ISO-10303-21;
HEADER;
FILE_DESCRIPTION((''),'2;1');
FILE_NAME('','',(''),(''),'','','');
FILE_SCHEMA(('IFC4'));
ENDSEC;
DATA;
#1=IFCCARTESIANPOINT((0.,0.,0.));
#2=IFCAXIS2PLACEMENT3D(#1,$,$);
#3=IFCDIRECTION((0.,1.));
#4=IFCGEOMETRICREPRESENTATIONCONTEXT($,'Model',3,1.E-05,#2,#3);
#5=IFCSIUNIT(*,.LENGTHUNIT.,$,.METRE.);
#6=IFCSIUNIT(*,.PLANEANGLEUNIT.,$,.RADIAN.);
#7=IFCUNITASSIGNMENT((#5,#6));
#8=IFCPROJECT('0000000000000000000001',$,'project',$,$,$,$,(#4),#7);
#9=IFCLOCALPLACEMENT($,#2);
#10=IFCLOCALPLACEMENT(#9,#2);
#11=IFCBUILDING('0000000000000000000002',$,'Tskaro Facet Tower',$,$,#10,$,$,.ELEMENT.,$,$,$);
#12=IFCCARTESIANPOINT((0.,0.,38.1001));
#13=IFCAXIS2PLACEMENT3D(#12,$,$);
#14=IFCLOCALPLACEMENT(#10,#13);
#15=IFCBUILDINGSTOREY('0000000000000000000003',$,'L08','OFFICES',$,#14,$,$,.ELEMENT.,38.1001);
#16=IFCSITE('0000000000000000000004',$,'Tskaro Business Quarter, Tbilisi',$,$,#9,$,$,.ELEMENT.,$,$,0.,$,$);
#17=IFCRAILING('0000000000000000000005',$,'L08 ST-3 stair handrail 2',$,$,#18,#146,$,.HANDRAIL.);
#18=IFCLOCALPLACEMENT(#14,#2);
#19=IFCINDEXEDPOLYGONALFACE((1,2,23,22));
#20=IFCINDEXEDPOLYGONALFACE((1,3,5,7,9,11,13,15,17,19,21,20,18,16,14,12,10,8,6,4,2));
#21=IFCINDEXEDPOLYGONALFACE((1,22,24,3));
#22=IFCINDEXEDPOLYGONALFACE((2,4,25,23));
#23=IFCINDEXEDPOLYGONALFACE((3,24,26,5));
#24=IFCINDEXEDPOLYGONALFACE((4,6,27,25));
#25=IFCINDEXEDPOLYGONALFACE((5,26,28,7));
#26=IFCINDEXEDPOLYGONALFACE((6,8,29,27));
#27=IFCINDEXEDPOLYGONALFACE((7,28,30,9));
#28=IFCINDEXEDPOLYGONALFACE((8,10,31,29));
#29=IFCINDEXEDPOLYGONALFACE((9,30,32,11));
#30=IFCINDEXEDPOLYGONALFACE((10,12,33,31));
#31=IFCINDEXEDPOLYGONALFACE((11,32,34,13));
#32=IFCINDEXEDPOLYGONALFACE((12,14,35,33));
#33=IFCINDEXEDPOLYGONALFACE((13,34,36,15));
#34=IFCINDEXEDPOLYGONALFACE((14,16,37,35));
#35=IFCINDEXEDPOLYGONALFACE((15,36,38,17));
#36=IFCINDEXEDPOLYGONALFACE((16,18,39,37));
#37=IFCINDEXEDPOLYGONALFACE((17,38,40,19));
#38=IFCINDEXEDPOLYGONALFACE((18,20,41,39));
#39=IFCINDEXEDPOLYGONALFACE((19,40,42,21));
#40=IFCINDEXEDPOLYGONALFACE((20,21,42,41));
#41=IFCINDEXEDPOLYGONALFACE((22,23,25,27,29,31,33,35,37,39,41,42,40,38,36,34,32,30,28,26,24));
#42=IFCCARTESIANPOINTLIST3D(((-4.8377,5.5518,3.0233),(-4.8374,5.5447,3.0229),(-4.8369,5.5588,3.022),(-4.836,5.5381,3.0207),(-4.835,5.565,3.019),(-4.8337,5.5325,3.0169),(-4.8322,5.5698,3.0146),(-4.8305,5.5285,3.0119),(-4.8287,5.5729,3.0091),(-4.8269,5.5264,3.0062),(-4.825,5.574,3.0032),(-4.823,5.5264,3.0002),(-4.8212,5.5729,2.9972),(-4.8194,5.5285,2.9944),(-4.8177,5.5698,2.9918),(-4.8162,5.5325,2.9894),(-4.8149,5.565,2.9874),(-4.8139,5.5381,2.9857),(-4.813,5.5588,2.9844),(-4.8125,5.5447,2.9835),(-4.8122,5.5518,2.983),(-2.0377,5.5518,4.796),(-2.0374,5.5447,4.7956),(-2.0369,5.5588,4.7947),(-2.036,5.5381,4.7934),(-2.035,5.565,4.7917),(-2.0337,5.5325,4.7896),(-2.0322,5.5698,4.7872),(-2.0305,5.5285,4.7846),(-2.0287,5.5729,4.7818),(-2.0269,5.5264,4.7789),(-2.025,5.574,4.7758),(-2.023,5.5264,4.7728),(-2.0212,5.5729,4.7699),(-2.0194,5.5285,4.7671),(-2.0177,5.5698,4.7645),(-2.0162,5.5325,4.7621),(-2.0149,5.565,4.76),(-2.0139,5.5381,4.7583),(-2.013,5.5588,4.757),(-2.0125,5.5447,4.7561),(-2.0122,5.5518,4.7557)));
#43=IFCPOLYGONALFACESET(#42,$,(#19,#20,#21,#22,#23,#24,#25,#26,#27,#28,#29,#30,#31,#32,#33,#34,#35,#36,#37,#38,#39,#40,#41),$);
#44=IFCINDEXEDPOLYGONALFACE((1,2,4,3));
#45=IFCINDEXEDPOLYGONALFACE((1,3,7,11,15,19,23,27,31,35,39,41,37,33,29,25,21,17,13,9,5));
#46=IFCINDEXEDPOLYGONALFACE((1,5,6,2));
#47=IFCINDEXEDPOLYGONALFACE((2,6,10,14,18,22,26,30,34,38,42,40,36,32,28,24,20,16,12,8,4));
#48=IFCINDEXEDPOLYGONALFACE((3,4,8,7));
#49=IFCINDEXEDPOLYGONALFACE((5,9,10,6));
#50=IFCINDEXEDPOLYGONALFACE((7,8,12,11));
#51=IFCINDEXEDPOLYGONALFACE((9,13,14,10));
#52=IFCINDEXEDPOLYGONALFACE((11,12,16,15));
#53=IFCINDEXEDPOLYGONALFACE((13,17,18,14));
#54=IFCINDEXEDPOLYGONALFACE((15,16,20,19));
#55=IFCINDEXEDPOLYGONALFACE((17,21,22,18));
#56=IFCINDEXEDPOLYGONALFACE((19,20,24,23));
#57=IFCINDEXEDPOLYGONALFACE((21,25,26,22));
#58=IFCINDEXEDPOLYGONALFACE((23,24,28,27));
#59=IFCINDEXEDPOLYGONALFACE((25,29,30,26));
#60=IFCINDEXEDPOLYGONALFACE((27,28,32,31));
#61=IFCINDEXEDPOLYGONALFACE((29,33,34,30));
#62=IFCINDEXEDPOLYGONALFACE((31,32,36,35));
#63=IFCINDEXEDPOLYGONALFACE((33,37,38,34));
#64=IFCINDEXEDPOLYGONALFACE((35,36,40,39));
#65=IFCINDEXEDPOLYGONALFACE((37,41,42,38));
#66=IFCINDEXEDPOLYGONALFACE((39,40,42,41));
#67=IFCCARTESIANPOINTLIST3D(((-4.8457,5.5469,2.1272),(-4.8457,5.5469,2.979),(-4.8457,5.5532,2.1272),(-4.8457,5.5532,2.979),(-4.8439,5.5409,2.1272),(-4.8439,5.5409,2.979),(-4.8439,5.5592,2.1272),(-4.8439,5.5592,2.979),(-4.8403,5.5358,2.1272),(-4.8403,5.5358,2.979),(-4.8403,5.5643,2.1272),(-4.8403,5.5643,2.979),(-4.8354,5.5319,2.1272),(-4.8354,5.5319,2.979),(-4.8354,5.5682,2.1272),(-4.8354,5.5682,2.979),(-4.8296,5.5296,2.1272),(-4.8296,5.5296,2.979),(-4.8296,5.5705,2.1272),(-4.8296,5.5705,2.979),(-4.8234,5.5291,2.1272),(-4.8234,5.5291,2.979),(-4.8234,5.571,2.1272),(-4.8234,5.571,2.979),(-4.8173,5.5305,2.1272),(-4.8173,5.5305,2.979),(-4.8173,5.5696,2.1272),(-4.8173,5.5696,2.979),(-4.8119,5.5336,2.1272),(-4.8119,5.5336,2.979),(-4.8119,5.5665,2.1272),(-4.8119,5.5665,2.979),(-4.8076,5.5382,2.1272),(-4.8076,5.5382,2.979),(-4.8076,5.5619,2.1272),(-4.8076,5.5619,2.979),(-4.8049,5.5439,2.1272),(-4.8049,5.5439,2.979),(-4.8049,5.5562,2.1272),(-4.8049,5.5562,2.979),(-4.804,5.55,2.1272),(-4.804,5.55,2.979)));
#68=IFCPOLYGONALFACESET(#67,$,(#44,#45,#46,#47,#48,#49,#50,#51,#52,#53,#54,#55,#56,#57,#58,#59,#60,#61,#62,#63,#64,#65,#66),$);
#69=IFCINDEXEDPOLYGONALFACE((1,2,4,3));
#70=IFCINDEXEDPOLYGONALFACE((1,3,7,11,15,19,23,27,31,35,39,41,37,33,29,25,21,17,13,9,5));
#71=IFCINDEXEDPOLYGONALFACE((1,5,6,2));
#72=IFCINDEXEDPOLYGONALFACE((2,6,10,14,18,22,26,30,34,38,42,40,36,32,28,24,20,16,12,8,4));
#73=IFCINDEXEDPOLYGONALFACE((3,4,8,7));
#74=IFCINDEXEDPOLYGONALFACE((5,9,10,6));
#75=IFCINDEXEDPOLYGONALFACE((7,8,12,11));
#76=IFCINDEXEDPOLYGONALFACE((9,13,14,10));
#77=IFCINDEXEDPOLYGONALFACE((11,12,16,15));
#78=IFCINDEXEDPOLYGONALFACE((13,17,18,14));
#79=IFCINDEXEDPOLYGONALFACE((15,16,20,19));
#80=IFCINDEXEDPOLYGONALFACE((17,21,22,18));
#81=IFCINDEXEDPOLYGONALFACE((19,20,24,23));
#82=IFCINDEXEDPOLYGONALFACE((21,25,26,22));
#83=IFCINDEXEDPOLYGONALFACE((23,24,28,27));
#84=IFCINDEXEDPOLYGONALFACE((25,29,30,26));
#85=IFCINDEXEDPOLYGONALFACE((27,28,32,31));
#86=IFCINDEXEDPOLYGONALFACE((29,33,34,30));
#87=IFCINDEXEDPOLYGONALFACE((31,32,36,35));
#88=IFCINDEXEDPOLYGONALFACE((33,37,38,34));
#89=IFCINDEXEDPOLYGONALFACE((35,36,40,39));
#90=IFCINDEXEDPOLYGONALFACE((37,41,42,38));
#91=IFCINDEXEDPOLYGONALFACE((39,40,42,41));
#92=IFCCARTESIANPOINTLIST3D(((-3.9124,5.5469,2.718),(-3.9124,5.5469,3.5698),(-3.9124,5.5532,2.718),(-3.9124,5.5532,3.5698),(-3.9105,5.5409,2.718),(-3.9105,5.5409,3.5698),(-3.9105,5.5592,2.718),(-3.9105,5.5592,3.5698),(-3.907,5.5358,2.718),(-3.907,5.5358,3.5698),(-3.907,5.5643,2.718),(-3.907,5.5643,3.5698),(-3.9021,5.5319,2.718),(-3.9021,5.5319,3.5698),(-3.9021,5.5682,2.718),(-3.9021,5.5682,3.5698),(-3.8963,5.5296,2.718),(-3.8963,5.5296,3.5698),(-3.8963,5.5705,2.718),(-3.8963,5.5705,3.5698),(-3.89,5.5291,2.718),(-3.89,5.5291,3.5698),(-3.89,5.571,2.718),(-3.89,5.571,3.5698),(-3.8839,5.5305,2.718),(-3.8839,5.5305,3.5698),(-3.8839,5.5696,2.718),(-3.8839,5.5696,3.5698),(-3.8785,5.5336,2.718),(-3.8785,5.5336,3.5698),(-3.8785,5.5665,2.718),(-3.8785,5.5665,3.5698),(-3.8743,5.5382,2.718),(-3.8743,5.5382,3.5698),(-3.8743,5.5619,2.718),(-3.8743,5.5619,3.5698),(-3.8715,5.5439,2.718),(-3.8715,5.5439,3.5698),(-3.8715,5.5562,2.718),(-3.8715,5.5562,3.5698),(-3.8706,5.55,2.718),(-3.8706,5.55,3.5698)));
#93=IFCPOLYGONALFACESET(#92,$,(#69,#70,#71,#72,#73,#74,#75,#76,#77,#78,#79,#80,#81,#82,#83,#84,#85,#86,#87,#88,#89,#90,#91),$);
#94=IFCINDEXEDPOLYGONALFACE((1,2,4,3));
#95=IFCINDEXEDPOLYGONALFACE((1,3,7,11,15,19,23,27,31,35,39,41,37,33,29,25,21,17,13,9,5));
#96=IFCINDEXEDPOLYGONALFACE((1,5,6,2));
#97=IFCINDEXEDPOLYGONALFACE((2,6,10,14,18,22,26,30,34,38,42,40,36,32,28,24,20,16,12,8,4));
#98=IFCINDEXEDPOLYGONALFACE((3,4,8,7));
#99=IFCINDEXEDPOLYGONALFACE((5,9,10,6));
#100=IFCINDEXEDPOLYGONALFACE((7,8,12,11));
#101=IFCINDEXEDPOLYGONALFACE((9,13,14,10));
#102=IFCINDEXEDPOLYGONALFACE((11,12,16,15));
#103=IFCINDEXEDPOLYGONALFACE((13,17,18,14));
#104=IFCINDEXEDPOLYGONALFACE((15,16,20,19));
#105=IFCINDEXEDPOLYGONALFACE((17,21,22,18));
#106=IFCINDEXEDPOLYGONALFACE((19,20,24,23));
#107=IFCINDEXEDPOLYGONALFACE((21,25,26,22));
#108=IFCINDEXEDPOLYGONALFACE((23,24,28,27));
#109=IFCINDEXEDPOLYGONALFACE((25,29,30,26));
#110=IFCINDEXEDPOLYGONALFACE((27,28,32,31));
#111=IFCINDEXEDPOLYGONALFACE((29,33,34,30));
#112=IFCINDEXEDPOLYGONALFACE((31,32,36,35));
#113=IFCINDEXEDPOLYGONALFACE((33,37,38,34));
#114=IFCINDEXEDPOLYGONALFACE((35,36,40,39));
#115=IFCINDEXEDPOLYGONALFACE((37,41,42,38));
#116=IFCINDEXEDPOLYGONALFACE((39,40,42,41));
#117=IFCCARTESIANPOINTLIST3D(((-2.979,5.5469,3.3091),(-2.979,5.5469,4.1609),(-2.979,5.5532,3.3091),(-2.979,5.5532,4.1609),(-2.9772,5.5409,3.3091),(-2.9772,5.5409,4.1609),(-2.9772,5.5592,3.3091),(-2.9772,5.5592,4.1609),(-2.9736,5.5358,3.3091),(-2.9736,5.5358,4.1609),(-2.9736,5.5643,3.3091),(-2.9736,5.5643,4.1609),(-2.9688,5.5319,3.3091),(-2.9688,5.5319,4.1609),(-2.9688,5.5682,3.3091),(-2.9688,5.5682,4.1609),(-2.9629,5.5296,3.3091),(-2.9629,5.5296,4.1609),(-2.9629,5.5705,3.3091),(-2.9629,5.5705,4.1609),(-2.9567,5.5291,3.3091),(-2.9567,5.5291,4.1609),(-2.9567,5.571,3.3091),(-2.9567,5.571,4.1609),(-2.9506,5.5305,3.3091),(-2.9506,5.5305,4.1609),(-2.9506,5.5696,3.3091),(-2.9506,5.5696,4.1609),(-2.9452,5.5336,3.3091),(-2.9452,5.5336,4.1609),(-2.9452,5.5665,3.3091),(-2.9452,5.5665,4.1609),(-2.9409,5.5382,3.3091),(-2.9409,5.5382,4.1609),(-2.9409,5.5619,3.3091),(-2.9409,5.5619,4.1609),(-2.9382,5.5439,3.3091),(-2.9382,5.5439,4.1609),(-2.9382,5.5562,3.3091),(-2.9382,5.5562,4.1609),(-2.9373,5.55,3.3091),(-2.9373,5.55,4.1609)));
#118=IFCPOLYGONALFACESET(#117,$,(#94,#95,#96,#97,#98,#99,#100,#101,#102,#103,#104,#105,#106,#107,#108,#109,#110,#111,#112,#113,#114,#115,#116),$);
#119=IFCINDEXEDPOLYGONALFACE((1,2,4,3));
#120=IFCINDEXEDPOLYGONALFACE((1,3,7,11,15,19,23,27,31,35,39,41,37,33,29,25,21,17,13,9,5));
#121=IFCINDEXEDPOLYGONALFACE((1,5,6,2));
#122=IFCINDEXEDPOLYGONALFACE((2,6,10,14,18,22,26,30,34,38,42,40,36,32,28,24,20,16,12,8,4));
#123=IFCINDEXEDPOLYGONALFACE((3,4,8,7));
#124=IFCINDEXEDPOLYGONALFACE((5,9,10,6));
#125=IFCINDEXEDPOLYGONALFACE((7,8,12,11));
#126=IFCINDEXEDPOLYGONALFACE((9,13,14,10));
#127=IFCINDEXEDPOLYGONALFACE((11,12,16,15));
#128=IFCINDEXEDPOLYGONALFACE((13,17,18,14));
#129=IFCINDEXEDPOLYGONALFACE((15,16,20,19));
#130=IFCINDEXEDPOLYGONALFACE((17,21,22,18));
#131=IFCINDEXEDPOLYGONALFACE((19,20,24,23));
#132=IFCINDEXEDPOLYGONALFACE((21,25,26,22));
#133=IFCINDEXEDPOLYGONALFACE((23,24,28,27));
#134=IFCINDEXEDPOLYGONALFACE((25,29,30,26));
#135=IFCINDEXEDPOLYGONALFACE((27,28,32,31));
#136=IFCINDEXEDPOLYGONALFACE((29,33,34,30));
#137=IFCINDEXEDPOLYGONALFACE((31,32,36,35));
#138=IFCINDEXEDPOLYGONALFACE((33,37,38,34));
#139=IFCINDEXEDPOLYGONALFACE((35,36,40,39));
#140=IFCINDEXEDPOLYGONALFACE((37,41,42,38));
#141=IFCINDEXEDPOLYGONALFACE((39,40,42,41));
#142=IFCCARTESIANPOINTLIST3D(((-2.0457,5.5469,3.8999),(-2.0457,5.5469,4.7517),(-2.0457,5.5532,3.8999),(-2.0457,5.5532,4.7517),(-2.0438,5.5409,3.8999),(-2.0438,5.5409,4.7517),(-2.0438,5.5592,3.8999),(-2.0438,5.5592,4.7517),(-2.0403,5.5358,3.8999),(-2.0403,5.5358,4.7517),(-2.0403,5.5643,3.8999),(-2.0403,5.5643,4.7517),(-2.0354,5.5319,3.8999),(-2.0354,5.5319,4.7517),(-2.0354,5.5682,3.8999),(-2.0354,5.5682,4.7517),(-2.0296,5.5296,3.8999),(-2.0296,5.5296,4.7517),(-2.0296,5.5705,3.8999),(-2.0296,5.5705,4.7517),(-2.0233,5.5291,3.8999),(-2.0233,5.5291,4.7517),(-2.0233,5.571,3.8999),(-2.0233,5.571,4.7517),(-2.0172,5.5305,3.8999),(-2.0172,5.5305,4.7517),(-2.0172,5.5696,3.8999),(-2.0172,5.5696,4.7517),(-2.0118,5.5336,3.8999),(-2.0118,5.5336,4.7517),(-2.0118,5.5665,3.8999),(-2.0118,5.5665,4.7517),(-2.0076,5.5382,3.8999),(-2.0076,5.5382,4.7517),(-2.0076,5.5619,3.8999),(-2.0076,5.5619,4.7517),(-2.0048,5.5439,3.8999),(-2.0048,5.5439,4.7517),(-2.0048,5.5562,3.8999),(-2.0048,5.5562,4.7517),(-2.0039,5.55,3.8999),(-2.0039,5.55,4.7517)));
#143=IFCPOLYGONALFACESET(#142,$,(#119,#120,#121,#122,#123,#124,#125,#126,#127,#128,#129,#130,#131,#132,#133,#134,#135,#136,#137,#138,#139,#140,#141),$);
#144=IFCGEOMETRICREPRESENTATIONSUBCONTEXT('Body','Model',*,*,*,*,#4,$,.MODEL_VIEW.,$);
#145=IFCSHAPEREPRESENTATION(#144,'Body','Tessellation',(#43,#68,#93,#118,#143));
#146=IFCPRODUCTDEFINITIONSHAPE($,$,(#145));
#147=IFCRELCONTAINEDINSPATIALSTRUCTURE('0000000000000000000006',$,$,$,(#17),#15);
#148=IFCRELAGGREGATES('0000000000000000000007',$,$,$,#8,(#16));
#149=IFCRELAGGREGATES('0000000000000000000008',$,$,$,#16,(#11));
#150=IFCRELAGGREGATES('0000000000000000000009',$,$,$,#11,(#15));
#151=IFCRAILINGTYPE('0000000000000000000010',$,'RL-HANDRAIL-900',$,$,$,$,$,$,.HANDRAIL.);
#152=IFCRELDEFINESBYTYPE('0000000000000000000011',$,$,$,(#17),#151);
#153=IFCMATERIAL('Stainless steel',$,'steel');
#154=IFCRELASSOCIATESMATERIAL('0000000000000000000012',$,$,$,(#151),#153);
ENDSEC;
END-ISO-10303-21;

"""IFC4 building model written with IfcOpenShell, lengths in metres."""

from ifc_helpers import new_model, si_unit, direction, frame, origin, origin_2d, place, context, subcontext, project, spatial, circle, extrude, material, type_object, element, save


model = new_model("IFC4")

# Units and contexts
model_context = context("Model", 3, precision=1e-05, world=origin(), true_north=direction((0.0, 1.0)))
body_context = subcontext(model_context, "Body", "Model", "MODEL_VIEW")
ifc_project = project(units=[si_unit("LENGTHUNIT", "METRE"), si_unit("PLANEANGLEUNIT", "RADIAN")], contexts=[model_context])

# Site, building, storey
site_placement = place(None, origin())
site = spatial("IfcSite", under=ifc_project, at=site_placement, Name="Tskaro Business Quarter, Tbilisi", CompositionType="ELEMENT", RefElevation=0.0)
building_placement = place(site_placement, origin())
building = spatial("IfcBuilding", under=site, at=building_placement, Name="Tskaro Facet Tower", CompositionType="ELEMENT")
storey_placement = place(building_placement, frame((0.0, 0.0, 38.1001)))
storey = spatial("IfcBuildingStorey", under=building, at=storey_placement, Name="L08", Description="OFFICES", CompositionType="ELEMENT", Elevation=38.1001)

# Railing
ifc_material_1 = material(Name="Stainless steel", Category="steel")
railing_type_1 = type_object("IfcRailingType", Name="RL-HANDRAIL-900", PredefinedType="HANDRAIL", material=ifc_material_1)
railing_1_placement = place(storey_placement, frame((-4.825, 5.55, 2.1272)))
element("IfcRailing", 1, at=railing_1_placement, inside=storey, type_object=railing_type_1, Name="L08 ST-3 stair handrail 2", PredefinedType="HANDRAIL", context=body_context, shape_type="SweptSolid", body=[
    extrude(circle(Radius=0.0239, at=origin_2d()), frame((0.0, 0.0, 0.876), z_axis=(0.844909, 0.0, 0.53491), x_axis=(0.0, 1.0, 0.0)), (0.0, 0.0, 1.0), 3.314),
    extrude(circle(Radius=0.021, at=origin_2d()), origin(), (0.0, 0.0, 1.0), 0.8518),
    extrude(circle(Radius=0.021, at=origin_2d()), frame((0.9333, 0.0, 0.5908)), (0.0, 0.0, 1.0), 0.8518),
    extrude(circle(Radius=0.021, at=origin_2d()), frame((1.8667, 0.0, 1.1819)), (0.0, 0.0, 1.0), 0.8518),
    extrude(circle(Radius=0.021, at=origin_2d()), frame((2.8, 0.0, 1.7727)), (0.0, 0.0, 1.0), 0.8518),
])

save(model, "model.ifc")
